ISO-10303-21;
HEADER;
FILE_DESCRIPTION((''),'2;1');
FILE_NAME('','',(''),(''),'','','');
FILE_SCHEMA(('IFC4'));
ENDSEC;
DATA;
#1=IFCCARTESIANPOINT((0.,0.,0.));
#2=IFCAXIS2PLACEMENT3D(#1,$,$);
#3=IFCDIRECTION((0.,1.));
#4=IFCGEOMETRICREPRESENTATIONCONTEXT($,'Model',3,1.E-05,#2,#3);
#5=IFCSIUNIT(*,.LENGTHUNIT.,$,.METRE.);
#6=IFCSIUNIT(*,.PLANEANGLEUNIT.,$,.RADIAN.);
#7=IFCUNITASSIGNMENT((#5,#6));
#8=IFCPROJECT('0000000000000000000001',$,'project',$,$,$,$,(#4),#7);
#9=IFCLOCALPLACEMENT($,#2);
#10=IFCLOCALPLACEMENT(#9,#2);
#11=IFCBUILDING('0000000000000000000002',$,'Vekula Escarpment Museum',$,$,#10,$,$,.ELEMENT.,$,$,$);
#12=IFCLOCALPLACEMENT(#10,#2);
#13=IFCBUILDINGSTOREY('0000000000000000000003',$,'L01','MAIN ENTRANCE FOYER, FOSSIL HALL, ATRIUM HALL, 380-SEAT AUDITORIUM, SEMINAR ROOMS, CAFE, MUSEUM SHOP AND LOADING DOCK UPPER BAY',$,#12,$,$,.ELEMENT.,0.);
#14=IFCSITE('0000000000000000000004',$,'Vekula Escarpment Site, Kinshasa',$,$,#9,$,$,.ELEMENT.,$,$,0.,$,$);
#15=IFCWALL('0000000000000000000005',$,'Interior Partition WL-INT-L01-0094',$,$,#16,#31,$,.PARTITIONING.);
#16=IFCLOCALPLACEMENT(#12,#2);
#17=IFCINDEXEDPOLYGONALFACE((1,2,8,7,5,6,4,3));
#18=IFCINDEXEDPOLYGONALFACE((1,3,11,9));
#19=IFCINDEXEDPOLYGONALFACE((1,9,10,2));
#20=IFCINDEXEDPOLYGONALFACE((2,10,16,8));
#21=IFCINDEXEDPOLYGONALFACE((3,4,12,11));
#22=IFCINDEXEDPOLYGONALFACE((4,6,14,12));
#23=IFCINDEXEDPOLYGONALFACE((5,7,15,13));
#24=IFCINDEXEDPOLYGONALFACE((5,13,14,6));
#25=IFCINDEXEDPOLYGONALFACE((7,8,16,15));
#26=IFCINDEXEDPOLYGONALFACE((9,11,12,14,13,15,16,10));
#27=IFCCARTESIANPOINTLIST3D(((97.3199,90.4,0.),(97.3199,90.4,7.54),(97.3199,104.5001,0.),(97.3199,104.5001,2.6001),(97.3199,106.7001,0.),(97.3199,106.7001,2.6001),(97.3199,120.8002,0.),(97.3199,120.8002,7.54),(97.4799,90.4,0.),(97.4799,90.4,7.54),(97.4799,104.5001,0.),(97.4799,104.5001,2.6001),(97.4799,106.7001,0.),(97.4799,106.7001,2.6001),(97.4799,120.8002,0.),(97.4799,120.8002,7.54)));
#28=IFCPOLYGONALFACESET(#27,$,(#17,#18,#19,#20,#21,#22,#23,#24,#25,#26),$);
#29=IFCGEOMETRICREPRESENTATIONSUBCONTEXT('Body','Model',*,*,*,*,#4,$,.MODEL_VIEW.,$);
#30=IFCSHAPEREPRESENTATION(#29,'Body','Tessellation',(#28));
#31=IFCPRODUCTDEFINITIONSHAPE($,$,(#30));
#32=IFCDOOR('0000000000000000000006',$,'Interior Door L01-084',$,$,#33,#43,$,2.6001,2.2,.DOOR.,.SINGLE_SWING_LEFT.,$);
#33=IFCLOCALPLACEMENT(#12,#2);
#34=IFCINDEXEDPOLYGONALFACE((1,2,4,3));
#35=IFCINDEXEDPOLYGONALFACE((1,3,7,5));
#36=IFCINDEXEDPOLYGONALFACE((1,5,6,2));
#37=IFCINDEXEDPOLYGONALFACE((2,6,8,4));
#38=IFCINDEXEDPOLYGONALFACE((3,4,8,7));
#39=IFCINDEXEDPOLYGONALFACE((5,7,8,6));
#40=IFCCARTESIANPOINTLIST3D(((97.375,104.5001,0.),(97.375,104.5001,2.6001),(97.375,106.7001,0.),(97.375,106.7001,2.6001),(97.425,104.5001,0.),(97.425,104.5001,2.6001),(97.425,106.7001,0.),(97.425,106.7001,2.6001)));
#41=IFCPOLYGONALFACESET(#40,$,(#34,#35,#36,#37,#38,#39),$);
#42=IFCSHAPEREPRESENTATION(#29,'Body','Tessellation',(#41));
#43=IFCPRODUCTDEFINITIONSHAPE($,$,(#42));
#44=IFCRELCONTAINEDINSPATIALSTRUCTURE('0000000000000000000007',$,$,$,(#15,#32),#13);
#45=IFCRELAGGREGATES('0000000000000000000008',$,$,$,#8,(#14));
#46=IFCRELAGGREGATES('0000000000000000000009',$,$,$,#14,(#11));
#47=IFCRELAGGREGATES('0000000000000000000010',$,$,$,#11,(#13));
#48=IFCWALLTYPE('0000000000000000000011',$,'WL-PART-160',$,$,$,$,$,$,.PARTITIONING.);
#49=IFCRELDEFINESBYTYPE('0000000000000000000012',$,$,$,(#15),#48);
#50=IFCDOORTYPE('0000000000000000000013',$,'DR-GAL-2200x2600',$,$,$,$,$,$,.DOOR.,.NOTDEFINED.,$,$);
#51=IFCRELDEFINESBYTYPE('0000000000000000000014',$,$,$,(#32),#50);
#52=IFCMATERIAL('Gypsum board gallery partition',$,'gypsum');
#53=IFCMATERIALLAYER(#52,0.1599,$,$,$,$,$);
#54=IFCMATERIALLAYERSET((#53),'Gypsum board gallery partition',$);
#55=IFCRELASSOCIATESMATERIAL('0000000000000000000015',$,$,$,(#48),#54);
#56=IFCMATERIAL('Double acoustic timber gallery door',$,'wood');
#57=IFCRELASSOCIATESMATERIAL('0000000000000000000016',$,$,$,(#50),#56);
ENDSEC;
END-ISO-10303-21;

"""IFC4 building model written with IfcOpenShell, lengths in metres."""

from ifc_helpers import new_model, si_unit, direction, frame, frame_2d, origin, place, context, subcontext, project, spatial, rectangle, extrude, material, layer, layer_set, type_object, element, fill, save


model = new_model("IFC4")

# Units and contexts
model_context = context("Model", 3, precision=1e-05, world=origin(), true_north=direction((0.0, 1.0)))
body_context = subcontext(model_context, "Body", "Model", "MODEL_VIEW")
ifc_project = project(units=[si_unit("LENGTHUNIT", "METRE"), si_unit("PLANEANGLEUNIT", "RADIAN")], contexts=[model_context])

# Site, building, storey
site_placement = place(None, origin())
site = spatial("IfcSite", under=ifc_project, at=site_placement, Name="Vekula Escarpment Site, Kinshasa", CompositionType="ELEMENT", RefElevation=0.0)
building_placement = place(site_placement, origin())
building = spatial("IfcBuilding", under=site, at=building_placement, Name="Vekula Escarpment Museum", CompositionType="ELEMENT")
storey_placement = place(building_placement, origin())
storey = spatial("IfcBuildingStorey", under=building, at=storey_placement, Name="L01", Description="MAIN ENTRANCE FOYER, FOSSIL HALL, ATRIUM HALL, 380-SEAT AUDITORIUM, SEMINAR ROOMS, CAFE, MUSEUM SHOP AND LOADING DOCK UPPER BAY", CompositionType="ELEMENT", Elevation=0.0)

# Wall, opening, door
ifc_material_1 = material(Name="Gypsum board gallery partition", Category="gypsum")
ifc_layer_1 = layer(ifc_material_1, 0.1599)
ifc_layer_set_1 = layer_set([ifc_layer_1], Name="Gypsum board gallery partition")
wall_type_1 = type_object("IfcWallType", Name="WL-PART-160", PredefinedType="PARTITIONING", material=ifc_layer_set_1)
wall_1_placement = place(storey_placement, frame((97.3999, 90.3999, 0.0), z_axis=(0.0, 0.0, 1.0), x_axis=(0.0, 1.0, 0.0)))
wall_1 = element("IfcWall", 1, at=wall_1_placement, inside=storey, type_object=wall_type_1, Name="Interior Partition WL-INT-L01-0094", PredefinedType="PARTITIONING", context=body_context, shape_type="SweptSolid", body=[
    extrude(rectangle(XDim=30.4001, YDim=0.1599, at=frame_2d((15.2002, 0.0))), origin(), (0.0, 0.0, 1.0), 7.54),
])
opening_1_placement = place(wall_1_placement, frame((14.1001, 0.0, 0.0)))
opening_1 = element("IfcOpeningElement", 2, at=opening_1_placement, cuts=wall_1, PredefinedType="OPENING", context=body_context, shape_type="SweptSolid", body=[
    extrude(rectangle(XDim=2.2, YDim=2.6001, at=frame_2d((1.1001, 1.3))), frame((0.0, 0.0898, 0.0), z_axis=(0.0, -1.0, 0.0), x_axis=(1.0, 0.0, 0.0)), (0.0, 0.0, 1.0), 0.1799),
])
ifc_material_2 = material(Name="Double acoustic timber gallery door", Category="wood")
door_type_1 = type_object("IfcDoorType", Name="DR-GAL-2200x2600", OperationType="NOTDEFINED", PredefinedType="DOOR", material=ifc_material_2)
door_1_placement = place(opening_1_placement, origin())
door_1 = element("IfcDoor", 3, at=door_1_placement, inside=storey, type_object=door_type_1, Name="Interior Door L01-084", OperationType="SINGLE_SWING_LEFT", OverallHeight=2.6001, OverallWidth=2.2, PredefinedType="DOOR", context=body_context, shape_type="SweptSolid", body=[
    extrude(rectangle(XDim=2.2, YDim=2.6001, at=frame_2d((1.1001, 1.3))), frame((0.0, 0.0249, 0.0), z_axis=(0.0, -1.0, 0.0), x_axis=(1.0, 0.0, 0.0)), (0.0, 0.0, 1.0), 0.05),
])
fill(opening_1, door_1)

save(model, "model.ifc")
